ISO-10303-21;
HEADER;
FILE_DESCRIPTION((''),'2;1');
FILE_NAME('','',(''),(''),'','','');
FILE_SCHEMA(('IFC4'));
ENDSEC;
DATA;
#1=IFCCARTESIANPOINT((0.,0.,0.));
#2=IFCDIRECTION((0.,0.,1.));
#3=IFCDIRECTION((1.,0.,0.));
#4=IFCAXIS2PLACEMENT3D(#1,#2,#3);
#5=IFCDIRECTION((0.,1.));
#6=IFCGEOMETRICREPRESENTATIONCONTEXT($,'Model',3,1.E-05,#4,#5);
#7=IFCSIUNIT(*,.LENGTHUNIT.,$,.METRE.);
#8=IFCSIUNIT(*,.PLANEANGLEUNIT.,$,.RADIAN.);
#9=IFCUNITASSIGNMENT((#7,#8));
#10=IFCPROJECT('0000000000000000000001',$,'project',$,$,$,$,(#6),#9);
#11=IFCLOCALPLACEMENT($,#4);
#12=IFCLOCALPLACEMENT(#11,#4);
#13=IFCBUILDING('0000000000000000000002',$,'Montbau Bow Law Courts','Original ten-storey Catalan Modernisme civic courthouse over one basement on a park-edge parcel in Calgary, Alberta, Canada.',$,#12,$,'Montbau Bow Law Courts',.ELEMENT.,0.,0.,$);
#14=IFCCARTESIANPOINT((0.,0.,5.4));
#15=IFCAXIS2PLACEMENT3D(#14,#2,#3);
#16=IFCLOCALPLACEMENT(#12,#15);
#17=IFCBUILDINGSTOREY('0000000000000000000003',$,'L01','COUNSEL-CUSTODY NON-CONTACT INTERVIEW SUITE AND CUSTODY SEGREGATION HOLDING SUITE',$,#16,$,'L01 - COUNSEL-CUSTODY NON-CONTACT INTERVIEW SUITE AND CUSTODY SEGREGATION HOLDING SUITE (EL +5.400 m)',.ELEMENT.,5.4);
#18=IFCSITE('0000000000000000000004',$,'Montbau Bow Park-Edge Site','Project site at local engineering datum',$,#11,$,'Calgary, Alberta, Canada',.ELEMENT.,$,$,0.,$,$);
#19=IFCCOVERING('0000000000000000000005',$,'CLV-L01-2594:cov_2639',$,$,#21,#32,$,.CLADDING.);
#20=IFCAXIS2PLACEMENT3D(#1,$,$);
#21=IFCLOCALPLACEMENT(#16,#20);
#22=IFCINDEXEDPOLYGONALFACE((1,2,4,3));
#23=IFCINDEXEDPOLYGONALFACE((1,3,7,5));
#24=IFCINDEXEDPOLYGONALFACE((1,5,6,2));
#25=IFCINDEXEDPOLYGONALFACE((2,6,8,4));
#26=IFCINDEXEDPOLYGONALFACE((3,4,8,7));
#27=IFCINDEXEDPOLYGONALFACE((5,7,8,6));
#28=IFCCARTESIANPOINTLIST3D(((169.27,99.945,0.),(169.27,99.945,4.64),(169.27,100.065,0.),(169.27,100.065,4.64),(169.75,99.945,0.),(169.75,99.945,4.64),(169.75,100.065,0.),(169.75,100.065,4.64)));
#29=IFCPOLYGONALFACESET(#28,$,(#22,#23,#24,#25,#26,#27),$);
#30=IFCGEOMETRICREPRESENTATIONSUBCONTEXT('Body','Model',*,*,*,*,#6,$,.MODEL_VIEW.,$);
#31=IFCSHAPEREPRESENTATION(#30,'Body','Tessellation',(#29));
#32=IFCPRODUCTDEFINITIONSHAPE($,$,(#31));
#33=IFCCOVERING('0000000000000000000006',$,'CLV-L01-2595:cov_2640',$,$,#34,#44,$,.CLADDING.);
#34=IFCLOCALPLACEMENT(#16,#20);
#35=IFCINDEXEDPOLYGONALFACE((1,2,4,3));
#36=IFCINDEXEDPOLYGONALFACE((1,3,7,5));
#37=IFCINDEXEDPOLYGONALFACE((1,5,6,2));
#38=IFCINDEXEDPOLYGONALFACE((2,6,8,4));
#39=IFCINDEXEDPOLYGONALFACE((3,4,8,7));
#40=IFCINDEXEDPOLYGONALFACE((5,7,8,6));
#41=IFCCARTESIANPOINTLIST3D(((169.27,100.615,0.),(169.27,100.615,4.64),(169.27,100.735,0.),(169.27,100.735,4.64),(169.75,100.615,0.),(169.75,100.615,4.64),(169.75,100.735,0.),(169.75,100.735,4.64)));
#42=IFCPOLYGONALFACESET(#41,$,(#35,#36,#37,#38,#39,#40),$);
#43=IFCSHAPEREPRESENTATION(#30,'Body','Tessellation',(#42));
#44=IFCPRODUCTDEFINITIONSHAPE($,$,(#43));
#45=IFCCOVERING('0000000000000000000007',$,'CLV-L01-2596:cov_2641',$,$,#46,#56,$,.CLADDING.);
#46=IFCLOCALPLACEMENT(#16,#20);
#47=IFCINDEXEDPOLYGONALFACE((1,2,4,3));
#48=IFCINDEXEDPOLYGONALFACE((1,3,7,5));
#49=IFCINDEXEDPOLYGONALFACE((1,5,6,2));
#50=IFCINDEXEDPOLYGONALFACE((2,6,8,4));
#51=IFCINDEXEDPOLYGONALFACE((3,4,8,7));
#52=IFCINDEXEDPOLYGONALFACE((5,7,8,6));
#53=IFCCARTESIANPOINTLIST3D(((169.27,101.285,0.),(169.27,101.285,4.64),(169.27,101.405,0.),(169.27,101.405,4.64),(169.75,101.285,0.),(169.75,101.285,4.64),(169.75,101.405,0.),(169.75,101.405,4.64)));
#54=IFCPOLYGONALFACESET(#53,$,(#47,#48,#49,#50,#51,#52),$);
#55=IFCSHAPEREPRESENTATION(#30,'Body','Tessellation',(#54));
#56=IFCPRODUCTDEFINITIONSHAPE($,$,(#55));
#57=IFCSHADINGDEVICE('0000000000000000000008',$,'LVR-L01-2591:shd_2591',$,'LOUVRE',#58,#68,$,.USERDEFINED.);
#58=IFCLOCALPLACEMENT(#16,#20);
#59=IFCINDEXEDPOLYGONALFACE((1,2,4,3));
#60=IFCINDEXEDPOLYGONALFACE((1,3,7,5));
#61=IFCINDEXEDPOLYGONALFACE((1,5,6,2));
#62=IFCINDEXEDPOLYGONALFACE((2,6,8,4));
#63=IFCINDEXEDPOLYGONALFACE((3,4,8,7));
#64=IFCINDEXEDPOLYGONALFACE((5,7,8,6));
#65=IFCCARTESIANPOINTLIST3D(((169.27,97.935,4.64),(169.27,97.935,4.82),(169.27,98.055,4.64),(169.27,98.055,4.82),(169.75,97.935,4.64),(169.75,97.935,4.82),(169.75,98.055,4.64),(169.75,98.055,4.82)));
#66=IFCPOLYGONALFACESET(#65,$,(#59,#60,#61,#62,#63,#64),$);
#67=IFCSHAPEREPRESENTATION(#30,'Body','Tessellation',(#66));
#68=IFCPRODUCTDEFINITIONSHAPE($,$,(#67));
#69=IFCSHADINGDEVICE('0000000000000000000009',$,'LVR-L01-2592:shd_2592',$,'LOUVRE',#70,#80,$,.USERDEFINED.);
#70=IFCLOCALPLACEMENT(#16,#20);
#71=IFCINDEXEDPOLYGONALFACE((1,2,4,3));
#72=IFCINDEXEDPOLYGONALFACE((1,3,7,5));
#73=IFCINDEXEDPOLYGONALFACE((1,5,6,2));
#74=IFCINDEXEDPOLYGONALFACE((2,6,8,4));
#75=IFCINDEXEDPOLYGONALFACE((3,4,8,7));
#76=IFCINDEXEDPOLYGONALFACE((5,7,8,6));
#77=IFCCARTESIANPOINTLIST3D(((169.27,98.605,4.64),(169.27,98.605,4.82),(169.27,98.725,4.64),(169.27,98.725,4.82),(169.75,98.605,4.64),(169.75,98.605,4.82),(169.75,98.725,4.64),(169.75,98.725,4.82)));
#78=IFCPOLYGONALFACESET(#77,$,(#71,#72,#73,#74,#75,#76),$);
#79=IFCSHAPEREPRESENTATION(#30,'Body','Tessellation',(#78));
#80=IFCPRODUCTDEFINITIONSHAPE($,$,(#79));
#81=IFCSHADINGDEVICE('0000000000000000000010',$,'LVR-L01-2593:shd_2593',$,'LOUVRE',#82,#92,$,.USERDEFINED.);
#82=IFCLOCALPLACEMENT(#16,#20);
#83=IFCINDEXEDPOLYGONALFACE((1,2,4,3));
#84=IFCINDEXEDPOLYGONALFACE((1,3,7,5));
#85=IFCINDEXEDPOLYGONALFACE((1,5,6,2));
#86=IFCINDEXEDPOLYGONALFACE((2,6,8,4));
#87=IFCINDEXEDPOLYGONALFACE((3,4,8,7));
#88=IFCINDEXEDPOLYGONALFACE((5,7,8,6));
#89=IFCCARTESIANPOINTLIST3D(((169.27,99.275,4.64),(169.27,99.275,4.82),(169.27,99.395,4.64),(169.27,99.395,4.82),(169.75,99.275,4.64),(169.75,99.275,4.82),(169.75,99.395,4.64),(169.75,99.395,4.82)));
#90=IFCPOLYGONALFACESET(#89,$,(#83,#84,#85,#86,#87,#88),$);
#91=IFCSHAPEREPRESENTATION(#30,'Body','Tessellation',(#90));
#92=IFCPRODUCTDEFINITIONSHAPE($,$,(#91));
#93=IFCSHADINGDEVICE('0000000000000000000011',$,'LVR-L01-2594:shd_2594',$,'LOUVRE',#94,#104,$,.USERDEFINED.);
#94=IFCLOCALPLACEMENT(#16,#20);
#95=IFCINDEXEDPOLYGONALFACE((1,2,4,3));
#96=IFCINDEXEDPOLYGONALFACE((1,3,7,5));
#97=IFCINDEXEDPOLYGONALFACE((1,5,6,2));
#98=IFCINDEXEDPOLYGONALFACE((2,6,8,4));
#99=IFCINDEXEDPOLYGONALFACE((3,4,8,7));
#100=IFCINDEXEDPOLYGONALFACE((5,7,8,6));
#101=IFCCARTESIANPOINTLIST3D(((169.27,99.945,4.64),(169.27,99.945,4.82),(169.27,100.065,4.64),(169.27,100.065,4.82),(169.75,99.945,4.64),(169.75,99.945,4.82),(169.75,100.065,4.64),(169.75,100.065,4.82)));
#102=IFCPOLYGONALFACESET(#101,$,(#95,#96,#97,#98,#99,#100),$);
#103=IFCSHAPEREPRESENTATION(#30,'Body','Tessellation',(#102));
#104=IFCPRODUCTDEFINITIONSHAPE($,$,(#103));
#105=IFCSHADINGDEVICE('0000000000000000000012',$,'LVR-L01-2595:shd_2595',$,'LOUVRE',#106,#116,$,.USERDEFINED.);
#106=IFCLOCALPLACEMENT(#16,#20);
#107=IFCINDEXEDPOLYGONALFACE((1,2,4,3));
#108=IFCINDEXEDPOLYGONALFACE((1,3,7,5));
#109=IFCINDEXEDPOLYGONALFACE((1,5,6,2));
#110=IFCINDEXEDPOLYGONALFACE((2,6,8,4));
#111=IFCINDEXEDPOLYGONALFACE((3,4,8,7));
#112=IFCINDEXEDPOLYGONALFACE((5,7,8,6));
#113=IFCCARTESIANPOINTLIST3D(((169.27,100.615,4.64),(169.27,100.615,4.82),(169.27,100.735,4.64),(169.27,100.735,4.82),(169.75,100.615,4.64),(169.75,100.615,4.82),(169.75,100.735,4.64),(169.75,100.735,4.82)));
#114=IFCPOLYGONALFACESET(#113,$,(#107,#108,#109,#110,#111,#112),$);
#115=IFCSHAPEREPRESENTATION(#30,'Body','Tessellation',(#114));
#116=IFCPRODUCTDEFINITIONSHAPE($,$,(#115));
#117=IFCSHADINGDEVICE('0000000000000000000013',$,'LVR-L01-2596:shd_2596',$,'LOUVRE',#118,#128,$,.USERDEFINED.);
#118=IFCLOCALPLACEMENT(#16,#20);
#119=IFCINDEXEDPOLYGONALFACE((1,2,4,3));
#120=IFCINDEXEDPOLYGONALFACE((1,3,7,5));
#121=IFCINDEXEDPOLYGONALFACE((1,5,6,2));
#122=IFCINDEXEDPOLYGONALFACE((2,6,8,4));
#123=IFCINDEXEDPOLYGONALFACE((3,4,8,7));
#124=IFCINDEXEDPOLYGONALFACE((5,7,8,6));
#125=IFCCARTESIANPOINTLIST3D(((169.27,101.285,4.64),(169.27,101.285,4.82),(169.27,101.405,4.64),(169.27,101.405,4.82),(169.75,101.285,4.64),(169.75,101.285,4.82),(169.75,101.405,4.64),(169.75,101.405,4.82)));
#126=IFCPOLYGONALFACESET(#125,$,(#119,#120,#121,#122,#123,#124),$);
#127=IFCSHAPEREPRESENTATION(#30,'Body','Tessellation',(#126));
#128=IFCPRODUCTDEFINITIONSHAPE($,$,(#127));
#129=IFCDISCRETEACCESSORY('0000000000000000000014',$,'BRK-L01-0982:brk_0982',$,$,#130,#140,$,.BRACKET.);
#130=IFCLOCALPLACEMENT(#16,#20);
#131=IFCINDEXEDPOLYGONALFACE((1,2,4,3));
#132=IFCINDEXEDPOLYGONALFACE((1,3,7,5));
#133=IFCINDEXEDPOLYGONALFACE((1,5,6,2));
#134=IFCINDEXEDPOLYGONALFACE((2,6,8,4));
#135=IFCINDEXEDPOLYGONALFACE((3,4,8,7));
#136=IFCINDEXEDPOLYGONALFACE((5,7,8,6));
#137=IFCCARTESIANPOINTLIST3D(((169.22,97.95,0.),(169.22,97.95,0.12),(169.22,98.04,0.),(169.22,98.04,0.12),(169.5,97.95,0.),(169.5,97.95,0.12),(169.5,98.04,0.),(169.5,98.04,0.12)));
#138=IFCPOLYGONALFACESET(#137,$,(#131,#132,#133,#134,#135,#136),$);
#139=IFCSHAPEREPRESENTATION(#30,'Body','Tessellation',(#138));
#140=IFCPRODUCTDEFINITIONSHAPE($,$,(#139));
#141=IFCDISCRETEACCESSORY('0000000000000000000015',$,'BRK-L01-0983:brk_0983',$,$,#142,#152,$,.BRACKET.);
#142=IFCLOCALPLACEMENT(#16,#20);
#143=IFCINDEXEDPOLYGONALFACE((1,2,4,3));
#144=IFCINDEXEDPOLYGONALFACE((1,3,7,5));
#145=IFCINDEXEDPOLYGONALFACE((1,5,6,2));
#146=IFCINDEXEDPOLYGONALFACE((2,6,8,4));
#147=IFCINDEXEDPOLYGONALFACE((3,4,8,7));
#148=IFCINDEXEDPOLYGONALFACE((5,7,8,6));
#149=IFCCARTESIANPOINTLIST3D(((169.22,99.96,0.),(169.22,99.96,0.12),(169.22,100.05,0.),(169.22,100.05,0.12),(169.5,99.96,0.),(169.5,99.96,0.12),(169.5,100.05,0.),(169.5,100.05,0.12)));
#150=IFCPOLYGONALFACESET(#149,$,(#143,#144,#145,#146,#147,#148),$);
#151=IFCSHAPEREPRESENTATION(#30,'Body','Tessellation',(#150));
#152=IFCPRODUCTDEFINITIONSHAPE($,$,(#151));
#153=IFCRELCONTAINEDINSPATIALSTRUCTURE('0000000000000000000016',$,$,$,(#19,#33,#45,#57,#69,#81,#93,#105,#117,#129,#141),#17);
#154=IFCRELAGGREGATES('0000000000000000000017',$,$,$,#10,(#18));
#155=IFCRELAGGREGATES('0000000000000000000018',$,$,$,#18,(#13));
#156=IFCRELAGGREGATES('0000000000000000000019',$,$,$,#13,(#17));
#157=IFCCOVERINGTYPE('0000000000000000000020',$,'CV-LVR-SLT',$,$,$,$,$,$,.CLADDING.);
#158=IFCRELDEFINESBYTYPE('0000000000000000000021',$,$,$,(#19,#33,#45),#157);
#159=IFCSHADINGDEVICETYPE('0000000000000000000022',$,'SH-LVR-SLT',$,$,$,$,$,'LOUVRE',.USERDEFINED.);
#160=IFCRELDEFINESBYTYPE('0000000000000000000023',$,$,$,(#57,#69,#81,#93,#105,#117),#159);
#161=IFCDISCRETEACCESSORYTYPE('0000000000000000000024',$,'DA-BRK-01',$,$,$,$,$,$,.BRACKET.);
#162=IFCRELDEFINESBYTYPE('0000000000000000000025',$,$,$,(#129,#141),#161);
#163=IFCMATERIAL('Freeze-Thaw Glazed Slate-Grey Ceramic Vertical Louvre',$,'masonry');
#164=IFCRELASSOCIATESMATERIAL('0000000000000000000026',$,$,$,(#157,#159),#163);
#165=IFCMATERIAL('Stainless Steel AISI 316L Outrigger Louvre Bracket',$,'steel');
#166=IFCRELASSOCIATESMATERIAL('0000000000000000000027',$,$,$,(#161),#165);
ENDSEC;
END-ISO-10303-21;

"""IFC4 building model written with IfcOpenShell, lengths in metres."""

from ifc_helpers import new_model, si_unit, direction, frame, frame_2d, origin_with_axes, origin_2d_with_axis, place, context, subcontext, project, spatial, rectangle, extrude, material, type_object, element, save


model = new_model("IFC4")

# Units and contexts
model_context = context("Model", 3, precision=1e-05, world=origin_with_axes(), true_north=direction((0.0, 1.0)))
body_context = subcontext(model_context, "Body", "Model", "MODEL_VIEW")
ifc_project = project(units=[si_unit("LENGTHUNIT", "METRE"), si_unit("PLANEANGLEUNIT", "RADIAN")], contexts=[model_context])

# Site, building, storey
site_placement = place(None, origin_with_axes())
site = spatial("IfcSite", under=ifc_project, at=site_placement, Name="Montbau Bow Park-Edge Site", Description="Project site at local engineering datum", LongName="Calgary, Alberta, Canada", CompositionType="ELEMENT", RefElevation=0.0)
building_placement = place(site_placement, origin_with_axes())
building = spatial("IfcBuilding", under=site, at=building_placement, Name="Montbau Bow Law Courts", Description="Original ten-storey Catalan Modernisme civic courthouse over one basement on a park-edge parcel in Calgary, Alberta, Canada.", LongName="Montbau Bow Law Courts", CompositionType="ELEMENT", ElevationOfRefHeight=0.0, ElevationOfTerrain=0.0)
storey_placement = place(building_placement, frame((0.0, 0.0, 5.4), z_axis=(0.0, 0.0, 1.0), x_axis=(1.0, 0.0, 0.0)))
storey = spatial("IfcBuildingStorey", under=building, at=storey_placement, Name="L01", Description="COUNSEL-CUSTODY NON-CONTACT INTERVIEW SUITE AND CUSTODY SEGREGATION HOLDING SUITE", LongName="L01 - COUNSEL-CUSTODY NON-CONTACT INTERVIEW SUITE AND CUSTODY SEGREGATION HOLDING SUITE (EL +5.400 m)", CompositionType="ELEMENT", Elevation=5.4)

# Coverings
ifc_material_1 = material(Name="Freeze-Thaw Glazed Slate-Grey Ceramic Vertical Louvre", Category="masonry")
covering_type = type_object("IfcCoveringType", Name="CV-LVR-SLT", PredefinedType="CLADDING", material=ifc_material_1)
for number, where, z_axis, x_axis, name in (
    (1, (169.27, 100.005, 5.4), (0.0, -1.0, 0.0), (1.0, 0.0, 0.0), "CLV-L01-2594:cov_2639"),
    (2, (169.27, 100.675, 5.4), (0.0, -1.0, 0.0), (1.0, 0.0, 0.0), "CLV-L01-2595:cov_2640"),
    (3, (169.27, 101.345, 5.4), (0.0, -1.0, 0.0), (1.0, 0.0, 0.0), "CLV-L01-2596:cov_2641"),
):
    element("IfcCovering", number, at=place(None, frame(where, z_axis=z_axis, x_axis=x_axis)), inside=storey, type_object=covering_type, Name=name, PredefinedType="CLADDING", context=body_context, shape_type="SweptSolid", body=[
        extrude(rectangle(XDim=0.48, YDim=4.64, at=frame_2d((0.24, 2.32), x_axis=(1.0, 0.0))), frame((0.0, 0.0, -0.06), z_axis=(0.0, 0.0, 1.0), x_axis=(1.0, 0.0, 0.0)), (0.0, 0.0, 1.0), 0.12),
    ])

# Shading devices
shading_device_type = type_object("IfcShadingDeviceType", Name="SH-LVR-SLT", ElementType="LOUVRE", PredefinedType="USERDEFINED", material=ifc_material_1)
for number, where, z_axis, x_axis, name in (
    (4, (169.51, 97.995, 10.04), (0.0, 0.0, 1.0), (1.0, 0.0, 0.0), "LVR-L01-2591:shd_2591"),
    (5, (169.51, 98.665, 10.04), (0.0, 0.0, 1.0), (1.0, 0.0, 0.0), "LVR-L01-2592:shd_2592"),
    (6, (169.51, 99.335, 10.04), (0.0, 0.0, 1.0), (1.0, 0.0, 0.0), "LVR-L01-2593:shd_2593"),
    (7, (169.51, 100.005, 10.04), (0.0, 0.0, 1.0), (1.0, 0.0, 0.0), "LVR-L01-2594:shd_2594"),
    (8, (169.51, 100.675, 10.04), (0.0, 0.0, 1.0), (1.0, 0.0, 0.0), "LVR-L01-2595:shd_2595"),
    (9, (169.51, 101.345, 10.04), (0.0, 0.0, 1.0), (1.0, 0.0, 0.0), "LVR-L01-2596:shd_2596"),
):
    element("IfcShadingDevice", number, at=place(None, frame(where, z_axis=z_axis, x_axis=x_axis)), inside=storey, type_object=shading_device_type, Name=name, ObjectType="LOUVRE", PredefinedType="USERDEFINED", context=body_context, shape_type="SweptSolid", body=[
        extrude(rectangle(XDim=0.48, YDim=0.12, at=origin_2d_with_axis()), origin_with_axes(), (0.0, 0.0, 1.0), 0.18),
    ])

# Discrete accessories
ifc_material_2 = material(Name="Stainless Steel AISI 316L Outrigger Louvre Bracket", Category="steel")
discrete_accessory_type = type_object("IfcDiscreteAccessoryType", Name="DA-BRK-01", PredefinedType="BRACKET", material=ifc_material_2)
for number, where, z_axis, x_axis, name in (
    (10, (169.36, 97.995, 5.4), (0.0, 0.0, 1.0), (1.0, 0.0, 0.0), "BRK-L01-0982:brk_0982"),
    (11, (169.36, 100.005, 5.4), (0.0, 0.0, 1.0), (1.0, 0.0, 0.0), "BRK-L01-0983:brk_0983"),
):
    element("IfcDiscreteAccessory", number, at=place(None, frame(where, z_axis=z_axis, x_axis=x_axis)), inside=storey, type_object=discrete_accessory_type, Name=name, PredefinedType="BRACKET", context=body_context, shape_type="SweptSolid", body=[
        extrude(rectangle(XDim=0.28, YDim=0.09, at=origin_2d_with_axis()), origin_with_axes(), (0.0, 0.0, 1.0), 0.12),
    ])

save(model, "model.ifc")
